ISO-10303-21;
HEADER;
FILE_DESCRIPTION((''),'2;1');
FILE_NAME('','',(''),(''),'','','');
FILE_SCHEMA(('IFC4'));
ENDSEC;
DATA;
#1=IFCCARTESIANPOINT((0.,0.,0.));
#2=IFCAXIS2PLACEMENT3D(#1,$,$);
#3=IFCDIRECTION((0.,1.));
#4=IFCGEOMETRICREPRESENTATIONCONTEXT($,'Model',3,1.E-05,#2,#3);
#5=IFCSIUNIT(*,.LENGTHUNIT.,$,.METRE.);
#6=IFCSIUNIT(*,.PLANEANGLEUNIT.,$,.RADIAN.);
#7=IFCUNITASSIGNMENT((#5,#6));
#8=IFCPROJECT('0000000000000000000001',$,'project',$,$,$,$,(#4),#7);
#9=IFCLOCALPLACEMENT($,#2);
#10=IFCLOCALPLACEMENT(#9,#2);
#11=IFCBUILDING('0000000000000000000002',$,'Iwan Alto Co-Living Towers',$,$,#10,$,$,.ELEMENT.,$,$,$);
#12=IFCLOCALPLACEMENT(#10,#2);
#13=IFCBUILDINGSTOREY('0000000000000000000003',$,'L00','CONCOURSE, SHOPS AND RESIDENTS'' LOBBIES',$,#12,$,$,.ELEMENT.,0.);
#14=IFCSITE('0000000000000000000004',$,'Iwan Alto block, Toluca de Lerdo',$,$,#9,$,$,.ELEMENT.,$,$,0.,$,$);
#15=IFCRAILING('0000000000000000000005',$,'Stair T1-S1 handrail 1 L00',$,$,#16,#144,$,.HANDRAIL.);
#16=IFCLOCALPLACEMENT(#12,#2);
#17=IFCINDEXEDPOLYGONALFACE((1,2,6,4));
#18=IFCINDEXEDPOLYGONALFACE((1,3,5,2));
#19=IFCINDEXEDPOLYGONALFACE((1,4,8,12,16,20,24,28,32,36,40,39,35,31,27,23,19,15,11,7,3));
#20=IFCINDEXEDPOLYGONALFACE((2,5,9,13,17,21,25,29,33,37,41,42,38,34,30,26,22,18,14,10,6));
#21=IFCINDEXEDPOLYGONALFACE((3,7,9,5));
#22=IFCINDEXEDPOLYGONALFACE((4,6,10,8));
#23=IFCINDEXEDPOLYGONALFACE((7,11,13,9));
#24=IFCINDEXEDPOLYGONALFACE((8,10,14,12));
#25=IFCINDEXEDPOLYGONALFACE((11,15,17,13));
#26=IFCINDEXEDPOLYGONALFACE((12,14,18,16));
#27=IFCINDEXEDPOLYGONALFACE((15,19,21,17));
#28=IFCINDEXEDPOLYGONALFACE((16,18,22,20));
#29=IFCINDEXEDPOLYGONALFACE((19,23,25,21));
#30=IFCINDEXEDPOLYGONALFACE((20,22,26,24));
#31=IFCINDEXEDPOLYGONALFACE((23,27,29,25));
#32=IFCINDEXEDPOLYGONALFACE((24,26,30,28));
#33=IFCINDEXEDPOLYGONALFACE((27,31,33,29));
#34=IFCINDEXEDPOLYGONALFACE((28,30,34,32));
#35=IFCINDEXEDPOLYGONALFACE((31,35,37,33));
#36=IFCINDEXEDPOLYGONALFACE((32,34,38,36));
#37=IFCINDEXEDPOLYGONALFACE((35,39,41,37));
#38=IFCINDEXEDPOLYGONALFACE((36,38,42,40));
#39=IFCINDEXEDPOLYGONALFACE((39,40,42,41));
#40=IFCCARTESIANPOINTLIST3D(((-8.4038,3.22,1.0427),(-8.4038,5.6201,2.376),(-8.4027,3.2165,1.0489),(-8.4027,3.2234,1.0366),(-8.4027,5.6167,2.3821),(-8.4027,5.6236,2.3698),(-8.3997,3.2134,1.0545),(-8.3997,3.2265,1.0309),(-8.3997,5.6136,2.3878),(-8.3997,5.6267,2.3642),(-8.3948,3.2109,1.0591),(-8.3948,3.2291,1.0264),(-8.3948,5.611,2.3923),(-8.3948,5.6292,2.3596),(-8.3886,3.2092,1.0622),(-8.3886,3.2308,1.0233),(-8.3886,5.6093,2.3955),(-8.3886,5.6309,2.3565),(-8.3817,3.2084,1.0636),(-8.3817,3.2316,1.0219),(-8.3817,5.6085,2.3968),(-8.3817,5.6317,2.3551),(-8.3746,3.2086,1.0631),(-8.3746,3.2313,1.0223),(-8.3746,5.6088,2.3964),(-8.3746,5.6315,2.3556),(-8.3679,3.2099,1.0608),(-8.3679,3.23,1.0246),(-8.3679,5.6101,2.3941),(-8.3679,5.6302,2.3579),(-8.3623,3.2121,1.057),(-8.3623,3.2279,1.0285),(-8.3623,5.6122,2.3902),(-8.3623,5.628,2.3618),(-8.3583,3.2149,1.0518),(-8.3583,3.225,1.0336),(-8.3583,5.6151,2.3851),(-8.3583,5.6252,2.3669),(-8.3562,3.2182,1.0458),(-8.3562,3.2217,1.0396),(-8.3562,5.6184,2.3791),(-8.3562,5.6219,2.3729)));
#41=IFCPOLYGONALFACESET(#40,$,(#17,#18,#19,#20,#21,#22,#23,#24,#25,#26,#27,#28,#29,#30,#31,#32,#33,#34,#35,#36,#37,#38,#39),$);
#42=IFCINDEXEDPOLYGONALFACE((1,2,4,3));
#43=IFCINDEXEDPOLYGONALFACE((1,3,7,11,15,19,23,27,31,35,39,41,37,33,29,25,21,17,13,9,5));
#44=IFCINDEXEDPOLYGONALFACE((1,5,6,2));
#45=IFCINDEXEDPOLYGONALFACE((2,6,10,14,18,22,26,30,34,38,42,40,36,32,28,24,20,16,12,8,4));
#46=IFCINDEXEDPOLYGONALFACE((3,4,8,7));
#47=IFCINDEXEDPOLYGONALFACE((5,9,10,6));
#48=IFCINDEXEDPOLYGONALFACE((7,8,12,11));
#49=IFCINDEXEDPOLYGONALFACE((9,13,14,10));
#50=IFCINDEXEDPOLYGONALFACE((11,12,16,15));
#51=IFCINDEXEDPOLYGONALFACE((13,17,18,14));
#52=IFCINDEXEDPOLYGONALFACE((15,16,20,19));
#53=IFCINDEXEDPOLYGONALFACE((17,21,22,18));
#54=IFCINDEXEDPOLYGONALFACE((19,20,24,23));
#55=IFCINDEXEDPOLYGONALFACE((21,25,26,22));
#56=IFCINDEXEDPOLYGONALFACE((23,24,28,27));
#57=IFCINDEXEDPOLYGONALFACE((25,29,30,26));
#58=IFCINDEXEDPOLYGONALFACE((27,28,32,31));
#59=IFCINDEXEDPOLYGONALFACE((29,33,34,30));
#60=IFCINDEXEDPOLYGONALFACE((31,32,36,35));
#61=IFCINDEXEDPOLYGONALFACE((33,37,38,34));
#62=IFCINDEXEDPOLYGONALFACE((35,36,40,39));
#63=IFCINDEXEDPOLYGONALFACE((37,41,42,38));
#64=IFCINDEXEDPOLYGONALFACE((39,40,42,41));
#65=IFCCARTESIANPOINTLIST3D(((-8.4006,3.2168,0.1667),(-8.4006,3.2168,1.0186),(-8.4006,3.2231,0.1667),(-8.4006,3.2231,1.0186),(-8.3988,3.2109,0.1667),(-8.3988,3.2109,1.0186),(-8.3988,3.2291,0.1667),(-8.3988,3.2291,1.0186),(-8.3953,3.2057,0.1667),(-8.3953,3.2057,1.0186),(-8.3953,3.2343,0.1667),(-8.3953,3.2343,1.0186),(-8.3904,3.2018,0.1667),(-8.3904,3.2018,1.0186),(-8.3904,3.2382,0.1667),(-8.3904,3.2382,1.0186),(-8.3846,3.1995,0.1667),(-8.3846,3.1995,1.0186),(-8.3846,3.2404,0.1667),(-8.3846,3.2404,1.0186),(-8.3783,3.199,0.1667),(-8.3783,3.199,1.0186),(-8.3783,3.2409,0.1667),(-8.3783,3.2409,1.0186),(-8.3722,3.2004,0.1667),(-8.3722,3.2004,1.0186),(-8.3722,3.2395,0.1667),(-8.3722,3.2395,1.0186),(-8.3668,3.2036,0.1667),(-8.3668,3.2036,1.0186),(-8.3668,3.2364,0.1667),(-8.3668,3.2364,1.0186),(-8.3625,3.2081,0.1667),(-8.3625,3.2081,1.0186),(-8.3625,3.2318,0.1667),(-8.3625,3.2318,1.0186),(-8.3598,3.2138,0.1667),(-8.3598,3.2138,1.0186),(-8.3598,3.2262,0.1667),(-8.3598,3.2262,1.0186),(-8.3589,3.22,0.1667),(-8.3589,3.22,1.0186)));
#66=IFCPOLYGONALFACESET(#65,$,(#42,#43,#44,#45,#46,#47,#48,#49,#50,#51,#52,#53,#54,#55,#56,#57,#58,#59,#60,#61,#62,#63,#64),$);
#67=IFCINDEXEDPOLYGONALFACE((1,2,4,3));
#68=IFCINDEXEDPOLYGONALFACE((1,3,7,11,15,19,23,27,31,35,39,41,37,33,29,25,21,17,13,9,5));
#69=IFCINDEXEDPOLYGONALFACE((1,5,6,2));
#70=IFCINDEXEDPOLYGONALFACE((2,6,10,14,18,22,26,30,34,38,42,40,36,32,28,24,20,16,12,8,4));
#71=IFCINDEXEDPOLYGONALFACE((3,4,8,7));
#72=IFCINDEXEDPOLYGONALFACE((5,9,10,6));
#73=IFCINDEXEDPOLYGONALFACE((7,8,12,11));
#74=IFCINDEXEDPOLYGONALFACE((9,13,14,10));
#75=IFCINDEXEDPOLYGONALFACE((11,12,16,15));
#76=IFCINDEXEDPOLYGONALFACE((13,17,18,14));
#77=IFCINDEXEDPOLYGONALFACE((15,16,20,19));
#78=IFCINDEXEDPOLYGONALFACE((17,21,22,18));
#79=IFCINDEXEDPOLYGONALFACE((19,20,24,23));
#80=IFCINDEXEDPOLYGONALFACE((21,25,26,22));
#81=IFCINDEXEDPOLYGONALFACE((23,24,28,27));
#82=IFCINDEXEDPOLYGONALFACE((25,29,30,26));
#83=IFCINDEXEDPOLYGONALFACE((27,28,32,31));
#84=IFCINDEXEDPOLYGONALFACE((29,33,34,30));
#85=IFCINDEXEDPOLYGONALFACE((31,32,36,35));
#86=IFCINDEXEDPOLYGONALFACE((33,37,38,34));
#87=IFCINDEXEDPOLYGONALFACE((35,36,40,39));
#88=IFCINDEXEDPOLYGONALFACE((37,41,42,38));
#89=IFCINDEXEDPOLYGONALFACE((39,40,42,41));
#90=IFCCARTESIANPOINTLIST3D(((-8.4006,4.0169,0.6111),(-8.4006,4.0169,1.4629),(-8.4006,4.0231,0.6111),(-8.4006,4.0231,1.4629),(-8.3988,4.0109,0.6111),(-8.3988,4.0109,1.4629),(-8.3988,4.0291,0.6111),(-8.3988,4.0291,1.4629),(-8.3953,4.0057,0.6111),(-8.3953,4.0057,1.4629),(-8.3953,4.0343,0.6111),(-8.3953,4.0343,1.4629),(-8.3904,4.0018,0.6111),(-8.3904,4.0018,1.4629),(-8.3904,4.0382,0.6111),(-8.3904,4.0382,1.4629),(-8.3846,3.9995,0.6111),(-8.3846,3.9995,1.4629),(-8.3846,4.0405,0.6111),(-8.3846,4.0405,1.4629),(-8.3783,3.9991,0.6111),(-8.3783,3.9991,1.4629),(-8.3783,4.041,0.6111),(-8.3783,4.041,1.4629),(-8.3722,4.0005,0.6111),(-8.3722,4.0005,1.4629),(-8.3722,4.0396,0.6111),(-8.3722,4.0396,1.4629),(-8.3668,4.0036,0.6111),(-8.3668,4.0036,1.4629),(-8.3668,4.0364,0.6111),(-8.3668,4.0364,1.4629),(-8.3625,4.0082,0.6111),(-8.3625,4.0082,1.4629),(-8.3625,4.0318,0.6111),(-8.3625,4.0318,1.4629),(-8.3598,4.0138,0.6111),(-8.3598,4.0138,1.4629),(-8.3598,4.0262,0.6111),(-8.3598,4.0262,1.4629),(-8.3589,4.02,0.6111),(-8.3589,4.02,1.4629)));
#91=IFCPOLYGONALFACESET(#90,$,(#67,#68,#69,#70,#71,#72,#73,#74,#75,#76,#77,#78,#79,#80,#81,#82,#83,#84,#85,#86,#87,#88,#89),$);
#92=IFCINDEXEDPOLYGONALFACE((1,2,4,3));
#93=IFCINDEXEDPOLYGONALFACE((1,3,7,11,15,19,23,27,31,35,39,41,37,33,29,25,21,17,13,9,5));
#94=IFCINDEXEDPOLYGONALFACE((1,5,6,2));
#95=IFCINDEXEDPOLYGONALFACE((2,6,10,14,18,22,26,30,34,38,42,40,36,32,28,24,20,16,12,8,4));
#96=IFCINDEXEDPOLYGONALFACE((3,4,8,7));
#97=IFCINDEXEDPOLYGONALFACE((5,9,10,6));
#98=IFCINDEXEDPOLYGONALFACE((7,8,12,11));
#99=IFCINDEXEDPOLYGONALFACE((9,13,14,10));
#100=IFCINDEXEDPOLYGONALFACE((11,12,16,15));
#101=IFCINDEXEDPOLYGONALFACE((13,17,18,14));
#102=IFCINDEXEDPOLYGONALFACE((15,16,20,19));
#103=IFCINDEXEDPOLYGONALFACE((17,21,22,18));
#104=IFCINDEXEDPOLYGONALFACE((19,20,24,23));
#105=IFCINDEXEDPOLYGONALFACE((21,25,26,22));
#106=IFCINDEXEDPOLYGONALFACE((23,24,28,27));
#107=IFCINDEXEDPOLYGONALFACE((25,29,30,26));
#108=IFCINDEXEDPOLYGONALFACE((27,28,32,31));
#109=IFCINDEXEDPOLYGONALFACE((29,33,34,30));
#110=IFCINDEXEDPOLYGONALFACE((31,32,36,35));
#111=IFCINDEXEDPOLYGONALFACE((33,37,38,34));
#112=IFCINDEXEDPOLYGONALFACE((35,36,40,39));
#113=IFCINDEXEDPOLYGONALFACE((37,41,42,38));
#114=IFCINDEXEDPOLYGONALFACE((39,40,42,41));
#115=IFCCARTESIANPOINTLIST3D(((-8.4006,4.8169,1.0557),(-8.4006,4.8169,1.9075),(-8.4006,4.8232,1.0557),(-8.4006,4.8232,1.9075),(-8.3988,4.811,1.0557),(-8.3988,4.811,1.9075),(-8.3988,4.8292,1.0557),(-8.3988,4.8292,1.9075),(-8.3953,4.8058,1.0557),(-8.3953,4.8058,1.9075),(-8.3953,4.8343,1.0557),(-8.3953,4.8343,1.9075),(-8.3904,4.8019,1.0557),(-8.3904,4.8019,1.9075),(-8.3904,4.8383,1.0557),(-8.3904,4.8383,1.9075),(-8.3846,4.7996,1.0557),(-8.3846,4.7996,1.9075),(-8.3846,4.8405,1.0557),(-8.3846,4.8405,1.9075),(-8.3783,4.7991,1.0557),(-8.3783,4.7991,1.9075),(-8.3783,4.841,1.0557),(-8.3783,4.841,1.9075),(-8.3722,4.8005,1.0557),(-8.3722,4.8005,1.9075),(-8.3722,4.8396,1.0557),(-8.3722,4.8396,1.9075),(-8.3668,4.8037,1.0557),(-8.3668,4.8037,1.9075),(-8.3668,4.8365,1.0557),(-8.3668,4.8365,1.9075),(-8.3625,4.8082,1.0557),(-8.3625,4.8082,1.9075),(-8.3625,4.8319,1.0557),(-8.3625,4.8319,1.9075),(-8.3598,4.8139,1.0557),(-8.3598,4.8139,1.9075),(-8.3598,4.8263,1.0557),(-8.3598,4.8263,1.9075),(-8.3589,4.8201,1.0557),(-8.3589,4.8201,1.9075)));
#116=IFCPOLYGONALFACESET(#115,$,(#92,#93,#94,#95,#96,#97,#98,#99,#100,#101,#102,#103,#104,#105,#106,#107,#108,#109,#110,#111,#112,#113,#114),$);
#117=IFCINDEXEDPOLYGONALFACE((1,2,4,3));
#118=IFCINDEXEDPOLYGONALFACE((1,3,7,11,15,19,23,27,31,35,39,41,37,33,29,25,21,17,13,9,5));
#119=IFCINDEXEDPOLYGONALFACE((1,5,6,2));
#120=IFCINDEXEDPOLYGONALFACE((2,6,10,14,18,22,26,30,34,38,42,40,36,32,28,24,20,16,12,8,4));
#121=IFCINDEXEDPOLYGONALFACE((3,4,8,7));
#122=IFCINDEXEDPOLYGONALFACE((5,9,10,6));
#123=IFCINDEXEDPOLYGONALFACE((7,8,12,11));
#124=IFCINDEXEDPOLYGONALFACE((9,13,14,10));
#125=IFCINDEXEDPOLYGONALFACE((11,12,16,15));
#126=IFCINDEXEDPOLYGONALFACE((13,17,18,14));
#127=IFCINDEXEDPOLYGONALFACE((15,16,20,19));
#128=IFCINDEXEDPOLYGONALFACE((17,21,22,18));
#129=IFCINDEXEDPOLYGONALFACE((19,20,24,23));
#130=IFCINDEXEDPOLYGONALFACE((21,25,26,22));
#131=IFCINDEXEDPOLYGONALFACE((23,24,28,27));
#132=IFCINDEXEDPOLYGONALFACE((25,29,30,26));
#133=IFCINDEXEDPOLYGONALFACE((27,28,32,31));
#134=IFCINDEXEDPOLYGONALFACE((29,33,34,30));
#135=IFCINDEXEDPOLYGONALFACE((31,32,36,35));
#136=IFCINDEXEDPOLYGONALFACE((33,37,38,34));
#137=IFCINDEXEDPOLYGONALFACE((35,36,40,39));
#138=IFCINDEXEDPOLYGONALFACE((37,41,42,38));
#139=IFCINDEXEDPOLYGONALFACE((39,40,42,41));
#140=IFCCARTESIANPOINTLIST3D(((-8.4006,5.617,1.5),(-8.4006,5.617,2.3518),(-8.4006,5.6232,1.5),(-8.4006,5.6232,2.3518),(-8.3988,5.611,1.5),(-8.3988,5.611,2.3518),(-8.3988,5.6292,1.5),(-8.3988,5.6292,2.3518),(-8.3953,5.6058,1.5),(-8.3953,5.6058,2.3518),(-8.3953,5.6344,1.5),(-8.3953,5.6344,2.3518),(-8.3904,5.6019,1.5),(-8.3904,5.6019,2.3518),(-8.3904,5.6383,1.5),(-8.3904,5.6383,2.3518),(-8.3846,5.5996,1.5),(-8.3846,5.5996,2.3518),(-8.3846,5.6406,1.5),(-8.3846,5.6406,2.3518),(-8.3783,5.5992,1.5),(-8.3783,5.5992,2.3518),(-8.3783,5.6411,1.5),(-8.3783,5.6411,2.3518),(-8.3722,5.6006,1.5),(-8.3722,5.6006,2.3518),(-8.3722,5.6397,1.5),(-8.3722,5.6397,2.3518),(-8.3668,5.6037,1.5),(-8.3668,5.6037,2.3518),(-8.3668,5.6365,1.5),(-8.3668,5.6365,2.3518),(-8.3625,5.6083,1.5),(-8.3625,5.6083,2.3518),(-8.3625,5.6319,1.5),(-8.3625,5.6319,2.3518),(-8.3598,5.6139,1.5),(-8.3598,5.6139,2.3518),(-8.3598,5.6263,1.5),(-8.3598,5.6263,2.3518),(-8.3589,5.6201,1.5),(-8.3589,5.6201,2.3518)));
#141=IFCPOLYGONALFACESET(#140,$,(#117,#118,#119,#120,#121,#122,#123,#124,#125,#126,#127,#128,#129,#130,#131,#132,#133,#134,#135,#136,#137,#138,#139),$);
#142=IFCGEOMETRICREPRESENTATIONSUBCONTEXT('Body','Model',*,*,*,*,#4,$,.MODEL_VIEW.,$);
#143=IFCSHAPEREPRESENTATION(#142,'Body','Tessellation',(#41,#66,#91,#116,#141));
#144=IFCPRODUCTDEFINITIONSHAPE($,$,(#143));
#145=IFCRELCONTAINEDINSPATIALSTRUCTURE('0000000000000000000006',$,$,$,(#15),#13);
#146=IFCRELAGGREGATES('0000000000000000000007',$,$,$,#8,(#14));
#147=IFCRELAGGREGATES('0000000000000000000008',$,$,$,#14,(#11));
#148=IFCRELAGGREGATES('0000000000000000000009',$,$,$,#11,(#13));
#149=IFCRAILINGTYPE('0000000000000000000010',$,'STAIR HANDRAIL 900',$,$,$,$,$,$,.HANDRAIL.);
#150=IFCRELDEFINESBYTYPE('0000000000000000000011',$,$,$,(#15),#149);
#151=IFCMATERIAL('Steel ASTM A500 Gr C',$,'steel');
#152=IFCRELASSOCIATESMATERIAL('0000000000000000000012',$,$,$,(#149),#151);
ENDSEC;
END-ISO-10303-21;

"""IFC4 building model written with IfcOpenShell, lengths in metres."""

from ifc_helpers import new_model, si_unit, direction, frame, origin, origin_2d, place, context, subcontext, project, spatial, circle, extrude, material, type_object, element, save


model = new_model("IFC4")

# Units and contexts
model_context = context("Model", 3, precision=1e-05, world=origin(), true_north=direction((0.0, 1.0)))
body_context = subcontext(model_context, "Body", "Model", "MODEL_VIEW")
ifc_project = project(units=[si_unit("LENGTHUNIT", "METRE"), si_unit("PLANEANGLEUNIT", "RADIAN")], contexts=[model_context])

# Site, building, storey
site_placement = place(None, origin())
site = spatial("IfcSite", under=ifc_project, at=site_placement, Name="Iwan Alto block, Toluca de Lerdo", CompositionType="ELEMENT", RefElevation=0.0)
building_placement = place(site_placement, origin())
building = spatial("IfcBuilding", under=site, at=building_placement, Name="Iwan Alto Co-Living Towers", CompositionType="ELEMENT")
storey_placement = place(building_placement, origin())
storey = spatial("IfcBuildingStorey", under=building, at=storey_placement, Name="L00", Description="CONCOURSE, SHOPS AND RESIDENTS' LOBBIES", CompositionType="ELEMENT", Elevation=0.0)

# Railing
ifc_material_1 = material(Name="Steel ASTM A500 Gr C", Category="steel")
railing_type_1 = type_object("IfcRailingType", Name="STAIR HANDRAIL 900", PredefinedType="HANDRAIL", material=ifc_material_1)
railing_1_placement = place(storey_placement, frame((-8.3799, 3.22, 0.1667)))
element("IfcRailing", 1, at=railing_1_placement, inside=storey, type_object=railing_type_1, Name="Stair T1-S1 handrail 1 L00", PredefinedType="HANDRAIL", context=body_context, shape_type="SweptSolid", body=[
    extrude(circle(Radius=0.0239, at=origin_2d()), frame((0.0, 0.0, 0.876), z_axis=(0.0, 0.874182, 0.485598), x_axis=(-1.0, 0.0, 0.0)), (0.0, 0.0, 1.0), 2.7456),
    extrude(circle(Radius=0.021, at=origin_2d()), origin(), (0.0, 0.0, 1.0), 0.8518),
    extrude(circle(Radius=0.021, at=origin_2d()), frame((0.0, 0.8, 0.4443)), (0.0, 0.0, 1.0), 0.8518),
    extrude(circle(Radius=0.021, at=origin_2d()), frame((0.0, 1.6001, 0.8889)), (0.0, 0.0, 1.0), 0.8518),
    extrude(circle(Radius=0.021, at=origin_2d()), frame((0.0, 2.4001, 1.3333)), (0.0, 0.0, 1.0), 0.8518),
])

save(model, "model.ifc")
